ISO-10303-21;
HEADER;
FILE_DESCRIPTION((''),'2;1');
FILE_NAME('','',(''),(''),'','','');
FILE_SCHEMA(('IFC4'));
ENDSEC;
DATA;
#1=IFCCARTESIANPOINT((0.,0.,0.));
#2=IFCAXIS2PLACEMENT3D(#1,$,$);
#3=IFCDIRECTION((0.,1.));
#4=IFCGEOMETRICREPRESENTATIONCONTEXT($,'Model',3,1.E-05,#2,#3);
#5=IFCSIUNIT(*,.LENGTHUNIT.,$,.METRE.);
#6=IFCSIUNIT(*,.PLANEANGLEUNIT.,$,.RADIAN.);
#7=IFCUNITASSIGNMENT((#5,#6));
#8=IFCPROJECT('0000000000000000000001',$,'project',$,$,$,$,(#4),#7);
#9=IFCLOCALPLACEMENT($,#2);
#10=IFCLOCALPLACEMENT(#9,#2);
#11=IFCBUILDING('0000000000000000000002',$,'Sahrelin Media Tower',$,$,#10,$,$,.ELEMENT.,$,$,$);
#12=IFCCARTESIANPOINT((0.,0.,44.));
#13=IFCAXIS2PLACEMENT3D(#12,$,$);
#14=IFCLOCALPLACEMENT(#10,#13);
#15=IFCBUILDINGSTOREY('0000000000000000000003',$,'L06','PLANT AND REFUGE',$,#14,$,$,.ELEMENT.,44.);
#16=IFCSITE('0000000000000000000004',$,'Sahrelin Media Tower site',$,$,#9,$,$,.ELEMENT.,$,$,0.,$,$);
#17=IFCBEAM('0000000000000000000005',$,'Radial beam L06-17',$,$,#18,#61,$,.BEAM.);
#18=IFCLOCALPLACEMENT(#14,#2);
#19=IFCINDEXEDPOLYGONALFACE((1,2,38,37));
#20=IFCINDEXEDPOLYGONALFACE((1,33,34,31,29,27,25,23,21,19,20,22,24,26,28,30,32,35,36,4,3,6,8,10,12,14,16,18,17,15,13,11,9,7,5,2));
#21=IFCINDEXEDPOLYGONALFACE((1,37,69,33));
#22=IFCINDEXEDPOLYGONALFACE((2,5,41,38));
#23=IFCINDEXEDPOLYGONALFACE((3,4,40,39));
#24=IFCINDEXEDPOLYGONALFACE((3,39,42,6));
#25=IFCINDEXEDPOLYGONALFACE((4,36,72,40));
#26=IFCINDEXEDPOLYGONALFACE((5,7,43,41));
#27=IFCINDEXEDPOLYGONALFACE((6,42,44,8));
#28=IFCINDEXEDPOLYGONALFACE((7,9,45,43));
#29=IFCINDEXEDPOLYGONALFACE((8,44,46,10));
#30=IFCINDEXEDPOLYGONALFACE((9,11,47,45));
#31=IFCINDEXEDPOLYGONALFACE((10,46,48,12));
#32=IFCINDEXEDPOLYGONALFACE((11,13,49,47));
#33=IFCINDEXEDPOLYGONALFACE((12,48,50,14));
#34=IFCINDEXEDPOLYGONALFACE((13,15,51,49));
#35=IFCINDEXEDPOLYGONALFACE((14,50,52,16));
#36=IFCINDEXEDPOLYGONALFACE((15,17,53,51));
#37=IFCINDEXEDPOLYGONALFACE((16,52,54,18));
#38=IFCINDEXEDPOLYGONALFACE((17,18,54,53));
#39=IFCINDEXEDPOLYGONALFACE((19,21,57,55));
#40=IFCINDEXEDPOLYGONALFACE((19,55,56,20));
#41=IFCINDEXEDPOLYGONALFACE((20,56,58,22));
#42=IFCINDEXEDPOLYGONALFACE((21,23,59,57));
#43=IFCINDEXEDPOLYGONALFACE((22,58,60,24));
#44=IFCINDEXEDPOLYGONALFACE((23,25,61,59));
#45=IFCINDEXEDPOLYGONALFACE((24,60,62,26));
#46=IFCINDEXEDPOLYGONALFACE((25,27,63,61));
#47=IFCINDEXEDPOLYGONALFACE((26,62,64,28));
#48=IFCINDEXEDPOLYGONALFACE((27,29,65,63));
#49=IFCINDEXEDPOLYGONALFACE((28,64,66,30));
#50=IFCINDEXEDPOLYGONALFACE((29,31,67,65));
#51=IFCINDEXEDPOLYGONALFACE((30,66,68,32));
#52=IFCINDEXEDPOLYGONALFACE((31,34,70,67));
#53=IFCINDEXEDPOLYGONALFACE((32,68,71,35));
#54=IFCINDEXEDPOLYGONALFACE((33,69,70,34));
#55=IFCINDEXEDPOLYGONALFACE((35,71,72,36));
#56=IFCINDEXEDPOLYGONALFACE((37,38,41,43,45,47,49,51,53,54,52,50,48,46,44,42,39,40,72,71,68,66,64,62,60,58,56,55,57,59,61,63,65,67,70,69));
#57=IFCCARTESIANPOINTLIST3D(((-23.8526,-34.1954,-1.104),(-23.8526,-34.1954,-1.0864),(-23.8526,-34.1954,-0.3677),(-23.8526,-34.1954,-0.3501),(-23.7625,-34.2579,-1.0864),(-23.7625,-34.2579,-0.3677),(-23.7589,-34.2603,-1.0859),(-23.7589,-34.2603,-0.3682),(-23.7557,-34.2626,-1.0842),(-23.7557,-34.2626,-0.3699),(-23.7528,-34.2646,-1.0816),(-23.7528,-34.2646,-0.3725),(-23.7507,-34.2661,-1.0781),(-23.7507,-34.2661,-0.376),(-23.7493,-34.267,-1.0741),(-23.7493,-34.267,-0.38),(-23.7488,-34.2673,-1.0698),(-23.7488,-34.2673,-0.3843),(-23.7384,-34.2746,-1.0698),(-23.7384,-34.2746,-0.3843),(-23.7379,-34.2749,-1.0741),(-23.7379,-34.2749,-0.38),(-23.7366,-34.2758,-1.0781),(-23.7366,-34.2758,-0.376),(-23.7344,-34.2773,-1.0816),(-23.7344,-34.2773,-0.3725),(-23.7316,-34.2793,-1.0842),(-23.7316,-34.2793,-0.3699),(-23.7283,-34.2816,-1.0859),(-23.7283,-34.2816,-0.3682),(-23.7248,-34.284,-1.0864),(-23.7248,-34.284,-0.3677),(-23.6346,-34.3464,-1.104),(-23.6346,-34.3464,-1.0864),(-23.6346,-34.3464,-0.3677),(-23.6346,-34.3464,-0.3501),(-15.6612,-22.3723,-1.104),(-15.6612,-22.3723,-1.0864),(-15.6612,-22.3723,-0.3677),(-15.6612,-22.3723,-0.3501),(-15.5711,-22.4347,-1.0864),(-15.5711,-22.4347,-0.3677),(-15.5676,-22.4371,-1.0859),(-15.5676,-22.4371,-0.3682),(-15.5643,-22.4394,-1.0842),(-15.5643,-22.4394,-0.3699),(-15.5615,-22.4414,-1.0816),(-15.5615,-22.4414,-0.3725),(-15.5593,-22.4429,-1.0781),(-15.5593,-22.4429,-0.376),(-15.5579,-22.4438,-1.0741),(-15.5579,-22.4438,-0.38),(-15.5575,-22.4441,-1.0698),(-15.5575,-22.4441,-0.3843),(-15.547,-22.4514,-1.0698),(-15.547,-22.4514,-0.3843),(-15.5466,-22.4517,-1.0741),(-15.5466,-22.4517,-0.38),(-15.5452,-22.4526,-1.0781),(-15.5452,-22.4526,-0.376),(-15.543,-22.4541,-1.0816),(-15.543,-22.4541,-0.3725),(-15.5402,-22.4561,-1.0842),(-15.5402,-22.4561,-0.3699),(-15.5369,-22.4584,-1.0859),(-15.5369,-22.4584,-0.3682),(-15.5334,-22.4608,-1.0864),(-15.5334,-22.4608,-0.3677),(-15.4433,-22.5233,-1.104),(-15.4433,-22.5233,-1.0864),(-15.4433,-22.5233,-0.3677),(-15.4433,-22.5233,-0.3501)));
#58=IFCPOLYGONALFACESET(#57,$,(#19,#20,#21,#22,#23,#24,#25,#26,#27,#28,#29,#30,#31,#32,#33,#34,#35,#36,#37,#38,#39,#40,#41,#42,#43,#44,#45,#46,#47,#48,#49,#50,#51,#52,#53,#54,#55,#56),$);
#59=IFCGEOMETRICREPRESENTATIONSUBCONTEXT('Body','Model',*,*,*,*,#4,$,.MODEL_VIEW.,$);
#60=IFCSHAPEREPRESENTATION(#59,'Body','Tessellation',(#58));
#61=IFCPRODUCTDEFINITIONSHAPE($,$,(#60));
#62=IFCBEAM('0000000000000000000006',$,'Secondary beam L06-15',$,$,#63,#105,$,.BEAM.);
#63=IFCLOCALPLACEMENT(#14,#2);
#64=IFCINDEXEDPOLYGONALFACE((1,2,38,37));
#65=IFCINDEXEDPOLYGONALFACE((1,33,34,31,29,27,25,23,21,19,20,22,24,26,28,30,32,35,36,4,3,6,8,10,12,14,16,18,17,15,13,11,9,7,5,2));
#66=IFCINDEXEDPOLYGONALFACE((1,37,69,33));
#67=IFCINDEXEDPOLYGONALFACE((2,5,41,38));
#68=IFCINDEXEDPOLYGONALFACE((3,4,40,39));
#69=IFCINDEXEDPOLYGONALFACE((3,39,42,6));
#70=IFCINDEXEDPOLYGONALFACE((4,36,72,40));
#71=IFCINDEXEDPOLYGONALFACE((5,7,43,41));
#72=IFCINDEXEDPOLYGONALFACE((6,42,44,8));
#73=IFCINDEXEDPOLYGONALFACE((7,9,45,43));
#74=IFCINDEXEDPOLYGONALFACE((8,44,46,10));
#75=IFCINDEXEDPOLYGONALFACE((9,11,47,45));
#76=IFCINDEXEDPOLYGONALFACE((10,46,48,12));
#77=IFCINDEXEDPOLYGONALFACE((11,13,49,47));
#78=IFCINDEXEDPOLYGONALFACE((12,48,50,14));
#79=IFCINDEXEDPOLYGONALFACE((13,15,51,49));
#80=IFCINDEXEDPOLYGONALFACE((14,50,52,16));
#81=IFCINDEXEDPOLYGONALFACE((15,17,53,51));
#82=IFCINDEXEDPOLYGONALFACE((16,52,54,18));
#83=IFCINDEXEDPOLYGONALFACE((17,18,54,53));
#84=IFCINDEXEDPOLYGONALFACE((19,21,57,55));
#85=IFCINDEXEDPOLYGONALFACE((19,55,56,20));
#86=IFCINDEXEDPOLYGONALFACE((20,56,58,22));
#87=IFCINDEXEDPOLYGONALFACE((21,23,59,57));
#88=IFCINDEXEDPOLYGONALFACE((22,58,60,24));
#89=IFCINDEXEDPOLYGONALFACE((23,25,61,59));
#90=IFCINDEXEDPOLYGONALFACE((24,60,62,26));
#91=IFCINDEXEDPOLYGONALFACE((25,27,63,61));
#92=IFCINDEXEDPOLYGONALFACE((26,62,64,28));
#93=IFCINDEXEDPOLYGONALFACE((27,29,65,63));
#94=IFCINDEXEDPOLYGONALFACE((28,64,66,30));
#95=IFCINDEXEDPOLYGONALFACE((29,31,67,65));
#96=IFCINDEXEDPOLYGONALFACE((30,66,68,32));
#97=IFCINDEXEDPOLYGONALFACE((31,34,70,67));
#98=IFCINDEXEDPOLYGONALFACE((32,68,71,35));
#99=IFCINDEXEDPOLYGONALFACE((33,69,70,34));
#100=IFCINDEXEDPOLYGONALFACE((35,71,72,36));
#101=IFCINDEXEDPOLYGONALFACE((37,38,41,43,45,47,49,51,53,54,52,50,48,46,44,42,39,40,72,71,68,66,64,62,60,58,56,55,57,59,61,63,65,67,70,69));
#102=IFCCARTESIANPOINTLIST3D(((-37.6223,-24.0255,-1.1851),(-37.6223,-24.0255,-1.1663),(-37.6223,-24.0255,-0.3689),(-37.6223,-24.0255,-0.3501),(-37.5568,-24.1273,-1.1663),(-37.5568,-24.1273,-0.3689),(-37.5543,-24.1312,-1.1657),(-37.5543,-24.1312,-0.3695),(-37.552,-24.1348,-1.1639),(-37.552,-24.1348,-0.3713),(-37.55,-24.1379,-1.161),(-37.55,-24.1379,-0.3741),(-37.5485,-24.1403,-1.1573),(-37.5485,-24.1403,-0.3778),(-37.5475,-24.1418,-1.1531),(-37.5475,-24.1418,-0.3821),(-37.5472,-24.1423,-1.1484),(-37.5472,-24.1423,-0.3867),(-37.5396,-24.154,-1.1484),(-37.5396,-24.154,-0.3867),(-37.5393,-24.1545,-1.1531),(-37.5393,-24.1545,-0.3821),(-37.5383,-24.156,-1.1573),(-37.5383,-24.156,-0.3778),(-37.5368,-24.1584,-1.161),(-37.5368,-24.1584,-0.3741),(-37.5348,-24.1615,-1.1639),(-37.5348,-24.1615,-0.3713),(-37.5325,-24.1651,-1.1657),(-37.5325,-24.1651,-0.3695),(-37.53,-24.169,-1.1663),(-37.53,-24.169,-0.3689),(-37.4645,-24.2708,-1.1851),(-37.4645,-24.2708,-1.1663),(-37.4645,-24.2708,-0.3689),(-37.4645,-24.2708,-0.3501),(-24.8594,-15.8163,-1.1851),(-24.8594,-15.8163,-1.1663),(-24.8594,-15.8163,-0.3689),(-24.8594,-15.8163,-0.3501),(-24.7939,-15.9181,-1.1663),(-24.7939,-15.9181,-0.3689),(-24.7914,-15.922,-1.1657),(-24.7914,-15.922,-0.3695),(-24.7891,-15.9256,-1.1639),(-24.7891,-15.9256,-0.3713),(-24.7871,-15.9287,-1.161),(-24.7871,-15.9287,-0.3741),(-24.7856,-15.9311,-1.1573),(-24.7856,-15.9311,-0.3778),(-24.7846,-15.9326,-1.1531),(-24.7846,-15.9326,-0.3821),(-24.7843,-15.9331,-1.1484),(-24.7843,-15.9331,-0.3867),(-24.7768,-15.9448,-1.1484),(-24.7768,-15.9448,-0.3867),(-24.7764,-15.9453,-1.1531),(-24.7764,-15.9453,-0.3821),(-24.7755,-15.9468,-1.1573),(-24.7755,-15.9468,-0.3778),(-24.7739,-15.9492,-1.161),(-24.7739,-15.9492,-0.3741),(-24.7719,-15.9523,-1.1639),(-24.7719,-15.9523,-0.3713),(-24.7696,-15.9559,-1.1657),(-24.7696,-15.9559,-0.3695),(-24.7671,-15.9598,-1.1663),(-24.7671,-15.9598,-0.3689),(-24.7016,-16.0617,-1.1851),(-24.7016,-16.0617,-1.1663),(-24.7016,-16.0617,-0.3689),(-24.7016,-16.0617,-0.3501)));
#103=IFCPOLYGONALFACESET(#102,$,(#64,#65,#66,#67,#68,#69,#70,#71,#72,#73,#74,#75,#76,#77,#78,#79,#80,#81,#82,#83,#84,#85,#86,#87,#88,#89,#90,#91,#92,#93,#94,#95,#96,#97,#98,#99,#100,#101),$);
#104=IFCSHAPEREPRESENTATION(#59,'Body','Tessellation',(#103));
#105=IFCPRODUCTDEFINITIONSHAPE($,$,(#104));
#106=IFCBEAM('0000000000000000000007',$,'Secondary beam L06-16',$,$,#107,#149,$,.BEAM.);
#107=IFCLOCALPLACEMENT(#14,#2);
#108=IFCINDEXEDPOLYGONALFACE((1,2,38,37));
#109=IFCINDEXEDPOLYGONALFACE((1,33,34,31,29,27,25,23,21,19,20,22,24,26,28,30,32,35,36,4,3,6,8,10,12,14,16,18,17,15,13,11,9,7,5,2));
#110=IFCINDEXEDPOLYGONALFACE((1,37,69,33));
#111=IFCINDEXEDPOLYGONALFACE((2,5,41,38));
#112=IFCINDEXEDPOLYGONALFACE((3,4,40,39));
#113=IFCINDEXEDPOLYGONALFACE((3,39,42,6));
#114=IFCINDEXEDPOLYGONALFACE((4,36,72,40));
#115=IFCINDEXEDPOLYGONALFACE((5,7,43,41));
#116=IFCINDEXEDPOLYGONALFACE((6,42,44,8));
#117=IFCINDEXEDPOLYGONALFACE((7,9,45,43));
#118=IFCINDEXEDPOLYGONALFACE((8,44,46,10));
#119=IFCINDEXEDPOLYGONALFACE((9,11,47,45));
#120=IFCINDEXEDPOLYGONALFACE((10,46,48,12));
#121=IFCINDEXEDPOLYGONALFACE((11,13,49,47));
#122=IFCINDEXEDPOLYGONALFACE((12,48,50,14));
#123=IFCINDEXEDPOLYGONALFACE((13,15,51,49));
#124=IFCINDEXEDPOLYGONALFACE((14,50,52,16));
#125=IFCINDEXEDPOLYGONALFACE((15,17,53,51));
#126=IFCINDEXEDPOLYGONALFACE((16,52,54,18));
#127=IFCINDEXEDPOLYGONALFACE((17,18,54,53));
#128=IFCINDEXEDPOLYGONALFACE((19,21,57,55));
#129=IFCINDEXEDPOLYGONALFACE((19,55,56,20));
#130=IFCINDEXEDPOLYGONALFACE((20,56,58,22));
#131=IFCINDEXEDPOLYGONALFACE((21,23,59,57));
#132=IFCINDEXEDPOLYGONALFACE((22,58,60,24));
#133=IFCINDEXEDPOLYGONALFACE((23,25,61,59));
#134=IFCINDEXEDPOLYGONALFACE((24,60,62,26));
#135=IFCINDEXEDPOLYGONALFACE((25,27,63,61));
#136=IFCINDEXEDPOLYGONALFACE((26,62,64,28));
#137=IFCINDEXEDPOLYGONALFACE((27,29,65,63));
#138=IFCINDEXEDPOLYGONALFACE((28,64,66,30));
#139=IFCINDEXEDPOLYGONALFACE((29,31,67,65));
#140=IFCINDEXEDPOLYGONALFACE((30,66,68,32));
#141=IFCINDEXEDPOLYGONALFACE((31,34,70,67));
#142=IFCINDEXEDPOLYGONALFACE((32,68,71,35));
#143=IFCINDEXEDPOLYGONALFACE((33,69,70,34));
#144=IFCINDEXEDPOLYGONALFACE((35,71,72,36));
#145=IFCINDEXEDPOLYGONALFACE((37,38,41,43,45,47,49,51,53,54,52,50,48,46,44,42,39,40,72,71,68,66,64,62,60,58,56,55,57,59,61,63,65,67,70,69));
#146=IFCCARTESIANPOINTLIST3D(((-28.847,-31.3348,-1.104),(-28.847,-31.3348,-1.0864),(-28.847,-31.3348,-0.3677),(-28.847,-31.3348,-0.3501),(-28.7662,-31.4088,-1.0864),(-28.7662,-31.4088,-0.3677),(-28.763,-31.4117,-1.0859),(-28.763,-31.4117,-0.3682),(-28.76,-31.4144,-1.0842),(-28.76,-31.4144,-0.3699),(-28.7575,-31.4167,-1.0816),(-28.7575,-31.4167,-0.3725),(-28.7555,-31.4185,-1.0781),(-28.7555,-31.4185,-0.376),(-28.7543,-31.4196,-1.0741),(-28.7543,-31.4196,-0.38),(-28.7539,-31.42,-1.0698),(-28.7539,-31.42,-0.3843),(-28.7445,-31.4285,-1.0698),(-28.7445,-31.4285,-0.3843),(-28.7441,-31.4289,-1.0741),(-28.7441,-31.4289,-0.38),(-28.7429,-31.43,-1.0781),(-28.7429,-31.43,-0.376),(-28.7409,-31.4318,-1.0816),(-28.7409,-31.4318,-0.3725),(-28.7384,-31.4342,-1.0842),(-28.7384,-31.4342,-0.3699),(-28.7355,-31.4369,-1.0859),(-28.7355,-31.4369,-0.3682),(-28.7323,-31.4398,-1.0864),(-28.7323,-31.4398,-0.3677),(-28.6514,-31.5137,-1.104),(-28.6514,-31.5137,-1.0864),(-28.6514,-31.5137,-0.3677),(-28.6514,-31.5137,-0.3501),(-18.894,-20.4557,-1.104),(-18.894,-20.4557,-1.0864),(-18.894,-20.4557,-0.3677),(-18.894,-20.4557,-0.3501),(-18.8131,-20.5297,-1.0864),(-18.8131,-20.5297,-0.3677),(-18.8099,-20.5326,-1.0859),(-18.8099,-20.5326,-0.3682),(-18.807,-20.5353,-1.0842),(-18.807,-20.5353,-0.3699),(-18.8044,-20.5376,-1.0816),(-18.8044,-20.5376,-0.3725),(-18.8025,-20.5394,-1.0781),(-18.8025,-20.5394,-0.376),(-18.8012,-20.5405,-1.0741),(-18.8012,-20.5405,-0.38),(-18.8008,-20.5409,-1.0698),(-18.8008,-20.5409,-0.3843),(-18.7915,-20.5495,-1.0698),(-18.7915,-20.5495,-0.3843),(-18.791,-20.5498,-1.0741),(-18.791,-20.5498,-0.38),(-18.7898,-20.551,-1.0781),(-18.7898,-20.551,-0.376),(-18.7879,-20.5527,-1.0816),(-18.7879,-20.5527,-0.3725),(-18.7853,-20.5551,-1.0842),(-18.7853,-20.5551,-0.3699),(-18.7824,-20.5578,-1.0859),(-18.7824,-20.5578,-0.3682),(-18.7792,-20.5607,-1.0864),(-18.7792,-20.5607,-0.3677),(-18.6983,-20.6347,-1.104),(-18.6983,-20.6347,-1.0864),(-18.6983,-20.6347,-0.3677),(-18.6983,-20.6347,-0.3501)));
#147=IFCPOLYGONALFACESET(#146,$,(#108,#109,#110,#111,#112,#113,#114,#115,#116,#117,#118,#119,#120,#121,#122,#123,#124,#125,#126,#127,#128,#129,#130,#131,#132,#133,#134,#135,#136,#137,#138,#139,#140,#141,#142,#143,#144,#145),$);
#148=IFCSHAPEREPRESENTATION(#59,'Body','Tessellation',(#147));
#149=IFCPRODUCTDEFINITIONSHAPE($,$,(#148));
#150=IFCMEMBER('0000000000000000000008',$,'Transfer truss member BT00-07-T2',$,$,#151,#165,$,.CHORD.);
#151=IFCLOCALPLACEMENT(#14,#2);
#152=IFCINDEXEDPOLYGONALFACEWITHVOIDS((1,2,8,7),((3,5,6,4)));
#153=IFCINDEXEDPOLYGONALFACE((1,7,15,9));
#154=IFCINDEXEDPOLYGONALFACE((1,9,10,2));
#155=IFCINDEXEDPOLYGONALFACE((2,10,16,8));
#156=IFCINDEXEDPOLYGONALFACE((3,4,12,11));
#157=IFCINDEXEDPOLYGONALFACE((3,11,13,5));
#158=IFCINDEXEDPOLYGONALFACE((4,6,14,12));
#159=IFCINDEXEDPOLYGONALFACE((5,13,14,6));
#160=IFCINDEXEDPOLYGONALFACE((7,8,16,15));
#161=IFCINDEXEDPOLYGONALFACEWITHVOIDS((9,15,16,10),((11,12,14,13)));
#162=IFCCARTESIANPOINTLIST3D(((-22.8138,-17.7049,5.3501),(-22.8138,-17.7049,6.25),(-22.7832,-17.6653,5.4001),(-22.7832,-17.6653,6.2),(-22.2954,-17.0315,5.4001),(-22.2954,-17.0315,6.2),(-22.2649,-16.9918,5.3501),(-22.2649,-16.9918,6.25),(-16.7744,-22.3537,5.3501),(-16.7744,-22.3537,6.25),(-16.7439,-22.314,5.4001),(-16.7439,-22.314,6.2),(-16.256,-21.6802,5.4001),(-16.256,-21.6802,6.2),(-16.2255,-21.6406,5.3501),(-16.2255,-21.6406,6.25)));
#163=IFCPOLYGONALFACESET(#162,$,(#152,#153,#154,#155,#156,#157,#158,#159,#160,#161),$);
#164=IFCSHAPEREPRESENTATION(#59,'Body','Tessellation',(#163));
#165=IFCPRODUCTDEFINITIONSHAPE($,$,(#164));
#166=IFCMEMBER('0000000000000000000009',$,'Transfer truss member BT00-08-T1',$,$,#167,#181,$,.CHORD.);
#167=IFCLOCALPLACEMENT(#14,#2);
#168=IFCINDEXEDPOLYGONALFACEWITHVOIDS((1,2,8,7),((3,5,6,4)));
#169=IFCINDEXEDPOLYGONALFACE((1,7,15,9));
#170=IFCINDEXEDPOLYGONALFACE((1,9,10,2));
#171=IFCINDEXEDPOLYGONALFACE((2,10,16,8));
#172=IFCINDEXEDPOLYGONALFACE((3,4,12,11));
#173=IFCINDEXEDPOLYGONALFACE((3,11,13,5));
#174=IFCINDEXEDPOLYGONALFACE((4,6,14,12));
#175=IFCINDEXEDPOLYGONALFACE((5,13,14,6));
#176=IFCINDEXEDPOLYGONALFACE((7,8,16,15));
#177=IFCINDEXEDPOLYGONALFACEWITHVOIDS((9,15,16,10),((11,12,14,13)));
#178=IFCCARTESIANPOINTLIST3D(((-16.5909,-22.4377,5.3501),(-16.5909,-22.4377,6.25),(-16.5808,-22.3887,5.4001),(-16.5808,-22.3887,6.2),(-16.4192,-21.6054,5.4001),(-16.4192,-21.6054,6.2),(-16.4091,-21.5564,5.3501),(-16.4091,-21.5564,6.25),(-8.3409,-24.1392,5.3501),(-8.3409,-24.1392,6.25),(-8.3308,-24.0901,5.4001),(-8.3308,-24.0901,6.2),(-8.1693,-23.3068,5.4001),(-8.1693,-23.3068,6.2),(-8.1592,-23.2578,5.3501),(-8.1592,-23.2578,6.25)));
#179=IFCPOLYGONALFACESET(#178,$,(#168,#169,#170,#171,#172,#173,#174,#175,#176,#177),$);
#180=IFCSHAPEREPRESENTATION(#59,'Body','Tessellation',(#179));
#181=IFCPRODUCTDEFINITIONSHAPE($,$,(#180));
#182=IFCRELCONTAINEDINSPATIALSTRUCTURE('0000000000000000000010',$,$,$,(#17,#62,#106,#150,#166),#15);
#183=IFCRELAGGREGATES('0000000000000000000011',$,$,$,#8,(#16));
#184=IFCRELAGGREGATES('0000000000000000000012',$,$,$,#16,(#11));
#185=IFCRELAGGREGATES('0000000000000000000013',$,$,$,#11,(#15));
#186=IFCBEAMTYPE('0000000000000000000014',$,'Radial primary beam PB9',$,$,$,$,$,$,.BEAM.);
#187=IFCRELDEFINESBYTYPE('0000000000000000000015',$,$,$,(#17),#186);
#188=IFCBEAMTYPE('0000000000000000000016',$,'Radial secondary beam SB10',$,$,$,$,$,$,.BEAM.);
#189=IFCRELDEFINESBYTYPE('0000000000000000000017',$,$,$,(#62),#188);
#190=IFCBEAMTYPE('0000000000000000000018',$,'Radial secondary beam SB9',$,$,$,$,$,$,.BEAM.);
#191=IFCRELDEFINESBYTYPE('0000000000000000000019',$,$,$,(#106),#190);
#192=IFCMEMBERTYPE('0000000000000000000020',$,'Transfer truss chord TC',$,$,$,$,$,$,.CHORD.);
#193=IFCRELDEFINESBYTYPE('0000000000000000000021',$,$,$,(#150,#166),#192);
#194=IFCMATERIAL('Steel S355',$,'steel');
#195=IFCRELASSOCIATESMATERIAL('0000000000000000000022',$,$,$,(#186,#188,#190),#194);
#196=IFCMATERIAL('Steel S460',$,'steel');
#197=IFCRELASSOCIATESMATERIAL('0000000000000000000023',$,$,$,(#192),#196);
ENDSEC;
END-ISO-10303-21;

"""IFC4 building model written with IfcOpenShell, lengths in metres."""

from ifc_helpers import new_model, si_unit, direction, frame, origin, origin_2d, place, context, subcontext, project, spatial, hollow_rectangle, i_section, extrude, material, material_profile, profile_set, type_object, element, save


model = new_model("IFC4")

# Units and contexts
model_context = context("Model", 3, precision=1e-05, world=origin(), true_north=direction((0.0, 1.0)))
body_context = subcontext(model_context, "Body", "Model", "MODEL_VIEW")
ifc_project = project(units=[si_unit("LENGTHUNIT", "METRE"), si_unit("PLANEANGLEUNIT", "RADIAN")], contexts=[model_context])

# Site, building, storey
site_placement = place(None, origin())
site = spatial("IfcSite", under=ifc_project, at=site_placement, Name="Sahrelin Media Tower site", CompositionType="ELEMENT", RefElevation=0.0)
building_placement = place(site_placement, origin())
building = spatial("IfcBuilding", under=site, at=building_placement, Name="Sahrelin Media Tower", CompositionType="ELEMENT")
storey_placement = place(building_placement, frame((0.0, 0.0, 44.0)))
storey = spatial("IfcBuildingStorey", under=building, at=storey_placement, Name="L06", Description="PLANT AND REFUGE", CompositionType="ELEMENT", Elevation=44.0)

# Shared definitions
ifc_material_1 = material(Name="Steel S460", Category="steel")

# Beams
ifc_material_2 = material(Name="Steel S355", Category="steel")
ifc_material_profile_1 = material_profile(ifc_material_2, i_section(OverallWidth=0.2651, OverallDepth=0.7539, WebThickness=0.0127, FlangeThickness=0.0176, FilletRadius=0.0166, at=origin_2d()), Name="UB 762x267x147")
ifc_profile_set_1 = profile_set([ifc_material_profile_1], Name="Steel S355")
beam_type_1 = type_object("IfcBeamType", Name="Radial primary beam PB9", PredefinedType="BEAM", material=ifc_profile_set_1)
beam_1_placement = place(storey_placement, frame((-15.5522, -22.4478, -0.7271), z_axis=(-0.569496, -0.821994, 0.0), x_axis=(0.821994, -0.569496, 0.0)))
element("IfcBeam", 1, at=beam_1_placement, inside=storey, type_object=beam_type_1, Name="Radial beam L06-17", PredefinedType="BEAM", context=body_context, shape_type="SweptSolid", body=[
    extrude(i_section(OverallWidth=0.2651, OverallDepth=0.7539, WebThickness=0.0127, FlangeThickness=0.0176, FilletRadius=0.0166, at=origin_2d()), origin(), (0.0, 0.0, 1.0), 14.3835),
])
ifc_material_profile_2 = material_profile(ifc_material_2, i_section(OverallWidth=0.2917, OverallDepth=0.835, WebThickness=0.0139, FlangeThickness=0.0188, FilletRadius=0.0178, at=origin_2d()), Name="UB 838x292x176")
ifc_profile_set_2 = profile_set([ifc_material_profile_2], Name="Steel S355")
beam_type_2 = type_object("IfcBeamType", Name="Radial secondary beam SB10", PredefinedType="BEAM", material=ifc_profile_set_2)
beam_2_placement = place(storey_placement, frame((-24.7805, -15.939, -0.7676), z_axis=(-0.841044, -0.540967, 0.0), x_axis=(0.540967, -0.841044, 0.0)))
element("IfcBeam", 2, at=beam_2_placement, inside=storey, type_object=beam_type_2, Name="Secondary beam L06-15", PredefinedType="BEAM", context=body_context, shape_type="SweptSolid", body=[
    extrude(i_section(OverallWidth=0.2917, OverallDepth=0.835, WebThickness=0.0139, FlangeThickness=0.0188, FilletRadius=0.0178, at=origin_2d()), origin(), (0.0, 0.0, 1.0), 15.175),
])
ifc_material_profile_3 = material_profile(ifc_material_2, i_section(OverallWidth=0.2651, OverallDepth=0.7539, WebThickness=0.0127, FlangeThickness=0.0176, FilletRadius=0.0166, at=origin_2d()), Name="UB 762x267x147")
ifc_profile_set_3 = profile_set([ifc_material_profile_3], Name="Steel S355")
beam_type_3 = type_object("IfcBeamType", Name="Radial secondary beam SB9", PredefinedType="BEAM", material=ifc_profile_set_3)
beam_3_placement = place(storey_placement, frame((-18.7961, -20.5452, -0.7271), z_axis=(-0.675008, -0.73781, 0.0), x_axis=(0.73781, -0.675008, 0.0)))
element("IfcBeam", 3, at=beam_3_placement, inside=storey, type_object=beam_type_3, Name="Secondary beam L06-16", PredefinedType="BEAM", context=body_context, shape_type="SweptSolid", body=[
    extrude(i_section(OverallWidth=0.2651, OverallDepth=0.7539, WebThickness=0.0127, FlangeThickness=0.0176, FilletRadius=0.0166, at=origin_2d()), origin(), (0.0, 0.0, 1.0), 14.7451),
])

# Members
ifc_material_profile_4 = material_profile(ifc_material_1, hollow_rectangle(XDim=0.8999, YDim=0.8999, WallThickness=0.05, at=origin_2d()), Name="Transfer truss chord TC")
ifc_profile_set_4 = profile_set([ifc_material_profile_4], Name="Steel S460")
member_type_1 = type_object("IfcMemberType", Name="Transfer truss chord TC", PredefinedType="CHORD", material=ifc_profile_set_4)
member_1_placement = place(storey_placement, frame((-22.5393, -17.3484, 5.8), z_axis=(0.79243, -0.609963, 0.0), x_axis=(0.609963, 0.79243, 0.0)))
element("IfcMember", 4, at=member_1_placement, inside=storey, type_object=member_type_1, Name="Transfer truss member BT00-07-T2", PredefinedType="CHORD", context=body_context, shape_type="SweptSolid", body=[
    extrude(hollow_rectangle(XDim=0.8999, YDim=0.8999, WallThickness=0.05, at=origin_2d()), origin(), (0.0, 0.0, 1.0), 7.6213),
])
member_2_placement = place(storey_placement, frame((-16.5, -21.9971, 5.8), z_axis=(0.979389, -0.201982, 0.0), x_axis=(0.201982, 0.979389, 0.0)))
element("IfcMember", 5, at=member_2_placement, inside=storey, type_object=member_type_1, Name="Transfer truss member BT00-08-T1", PredefinedType="CHORD", context=body_context, shape_type="SweptSolid", body=[
    extrude(hollow_rectangle(XDim=0.8999, YDim=0.8999, WallThickness=0.05, at=origin_2d()), origin(), (0.0, 0.0, 1.0), 8.4236),
])

save(model, "model.ifc")
